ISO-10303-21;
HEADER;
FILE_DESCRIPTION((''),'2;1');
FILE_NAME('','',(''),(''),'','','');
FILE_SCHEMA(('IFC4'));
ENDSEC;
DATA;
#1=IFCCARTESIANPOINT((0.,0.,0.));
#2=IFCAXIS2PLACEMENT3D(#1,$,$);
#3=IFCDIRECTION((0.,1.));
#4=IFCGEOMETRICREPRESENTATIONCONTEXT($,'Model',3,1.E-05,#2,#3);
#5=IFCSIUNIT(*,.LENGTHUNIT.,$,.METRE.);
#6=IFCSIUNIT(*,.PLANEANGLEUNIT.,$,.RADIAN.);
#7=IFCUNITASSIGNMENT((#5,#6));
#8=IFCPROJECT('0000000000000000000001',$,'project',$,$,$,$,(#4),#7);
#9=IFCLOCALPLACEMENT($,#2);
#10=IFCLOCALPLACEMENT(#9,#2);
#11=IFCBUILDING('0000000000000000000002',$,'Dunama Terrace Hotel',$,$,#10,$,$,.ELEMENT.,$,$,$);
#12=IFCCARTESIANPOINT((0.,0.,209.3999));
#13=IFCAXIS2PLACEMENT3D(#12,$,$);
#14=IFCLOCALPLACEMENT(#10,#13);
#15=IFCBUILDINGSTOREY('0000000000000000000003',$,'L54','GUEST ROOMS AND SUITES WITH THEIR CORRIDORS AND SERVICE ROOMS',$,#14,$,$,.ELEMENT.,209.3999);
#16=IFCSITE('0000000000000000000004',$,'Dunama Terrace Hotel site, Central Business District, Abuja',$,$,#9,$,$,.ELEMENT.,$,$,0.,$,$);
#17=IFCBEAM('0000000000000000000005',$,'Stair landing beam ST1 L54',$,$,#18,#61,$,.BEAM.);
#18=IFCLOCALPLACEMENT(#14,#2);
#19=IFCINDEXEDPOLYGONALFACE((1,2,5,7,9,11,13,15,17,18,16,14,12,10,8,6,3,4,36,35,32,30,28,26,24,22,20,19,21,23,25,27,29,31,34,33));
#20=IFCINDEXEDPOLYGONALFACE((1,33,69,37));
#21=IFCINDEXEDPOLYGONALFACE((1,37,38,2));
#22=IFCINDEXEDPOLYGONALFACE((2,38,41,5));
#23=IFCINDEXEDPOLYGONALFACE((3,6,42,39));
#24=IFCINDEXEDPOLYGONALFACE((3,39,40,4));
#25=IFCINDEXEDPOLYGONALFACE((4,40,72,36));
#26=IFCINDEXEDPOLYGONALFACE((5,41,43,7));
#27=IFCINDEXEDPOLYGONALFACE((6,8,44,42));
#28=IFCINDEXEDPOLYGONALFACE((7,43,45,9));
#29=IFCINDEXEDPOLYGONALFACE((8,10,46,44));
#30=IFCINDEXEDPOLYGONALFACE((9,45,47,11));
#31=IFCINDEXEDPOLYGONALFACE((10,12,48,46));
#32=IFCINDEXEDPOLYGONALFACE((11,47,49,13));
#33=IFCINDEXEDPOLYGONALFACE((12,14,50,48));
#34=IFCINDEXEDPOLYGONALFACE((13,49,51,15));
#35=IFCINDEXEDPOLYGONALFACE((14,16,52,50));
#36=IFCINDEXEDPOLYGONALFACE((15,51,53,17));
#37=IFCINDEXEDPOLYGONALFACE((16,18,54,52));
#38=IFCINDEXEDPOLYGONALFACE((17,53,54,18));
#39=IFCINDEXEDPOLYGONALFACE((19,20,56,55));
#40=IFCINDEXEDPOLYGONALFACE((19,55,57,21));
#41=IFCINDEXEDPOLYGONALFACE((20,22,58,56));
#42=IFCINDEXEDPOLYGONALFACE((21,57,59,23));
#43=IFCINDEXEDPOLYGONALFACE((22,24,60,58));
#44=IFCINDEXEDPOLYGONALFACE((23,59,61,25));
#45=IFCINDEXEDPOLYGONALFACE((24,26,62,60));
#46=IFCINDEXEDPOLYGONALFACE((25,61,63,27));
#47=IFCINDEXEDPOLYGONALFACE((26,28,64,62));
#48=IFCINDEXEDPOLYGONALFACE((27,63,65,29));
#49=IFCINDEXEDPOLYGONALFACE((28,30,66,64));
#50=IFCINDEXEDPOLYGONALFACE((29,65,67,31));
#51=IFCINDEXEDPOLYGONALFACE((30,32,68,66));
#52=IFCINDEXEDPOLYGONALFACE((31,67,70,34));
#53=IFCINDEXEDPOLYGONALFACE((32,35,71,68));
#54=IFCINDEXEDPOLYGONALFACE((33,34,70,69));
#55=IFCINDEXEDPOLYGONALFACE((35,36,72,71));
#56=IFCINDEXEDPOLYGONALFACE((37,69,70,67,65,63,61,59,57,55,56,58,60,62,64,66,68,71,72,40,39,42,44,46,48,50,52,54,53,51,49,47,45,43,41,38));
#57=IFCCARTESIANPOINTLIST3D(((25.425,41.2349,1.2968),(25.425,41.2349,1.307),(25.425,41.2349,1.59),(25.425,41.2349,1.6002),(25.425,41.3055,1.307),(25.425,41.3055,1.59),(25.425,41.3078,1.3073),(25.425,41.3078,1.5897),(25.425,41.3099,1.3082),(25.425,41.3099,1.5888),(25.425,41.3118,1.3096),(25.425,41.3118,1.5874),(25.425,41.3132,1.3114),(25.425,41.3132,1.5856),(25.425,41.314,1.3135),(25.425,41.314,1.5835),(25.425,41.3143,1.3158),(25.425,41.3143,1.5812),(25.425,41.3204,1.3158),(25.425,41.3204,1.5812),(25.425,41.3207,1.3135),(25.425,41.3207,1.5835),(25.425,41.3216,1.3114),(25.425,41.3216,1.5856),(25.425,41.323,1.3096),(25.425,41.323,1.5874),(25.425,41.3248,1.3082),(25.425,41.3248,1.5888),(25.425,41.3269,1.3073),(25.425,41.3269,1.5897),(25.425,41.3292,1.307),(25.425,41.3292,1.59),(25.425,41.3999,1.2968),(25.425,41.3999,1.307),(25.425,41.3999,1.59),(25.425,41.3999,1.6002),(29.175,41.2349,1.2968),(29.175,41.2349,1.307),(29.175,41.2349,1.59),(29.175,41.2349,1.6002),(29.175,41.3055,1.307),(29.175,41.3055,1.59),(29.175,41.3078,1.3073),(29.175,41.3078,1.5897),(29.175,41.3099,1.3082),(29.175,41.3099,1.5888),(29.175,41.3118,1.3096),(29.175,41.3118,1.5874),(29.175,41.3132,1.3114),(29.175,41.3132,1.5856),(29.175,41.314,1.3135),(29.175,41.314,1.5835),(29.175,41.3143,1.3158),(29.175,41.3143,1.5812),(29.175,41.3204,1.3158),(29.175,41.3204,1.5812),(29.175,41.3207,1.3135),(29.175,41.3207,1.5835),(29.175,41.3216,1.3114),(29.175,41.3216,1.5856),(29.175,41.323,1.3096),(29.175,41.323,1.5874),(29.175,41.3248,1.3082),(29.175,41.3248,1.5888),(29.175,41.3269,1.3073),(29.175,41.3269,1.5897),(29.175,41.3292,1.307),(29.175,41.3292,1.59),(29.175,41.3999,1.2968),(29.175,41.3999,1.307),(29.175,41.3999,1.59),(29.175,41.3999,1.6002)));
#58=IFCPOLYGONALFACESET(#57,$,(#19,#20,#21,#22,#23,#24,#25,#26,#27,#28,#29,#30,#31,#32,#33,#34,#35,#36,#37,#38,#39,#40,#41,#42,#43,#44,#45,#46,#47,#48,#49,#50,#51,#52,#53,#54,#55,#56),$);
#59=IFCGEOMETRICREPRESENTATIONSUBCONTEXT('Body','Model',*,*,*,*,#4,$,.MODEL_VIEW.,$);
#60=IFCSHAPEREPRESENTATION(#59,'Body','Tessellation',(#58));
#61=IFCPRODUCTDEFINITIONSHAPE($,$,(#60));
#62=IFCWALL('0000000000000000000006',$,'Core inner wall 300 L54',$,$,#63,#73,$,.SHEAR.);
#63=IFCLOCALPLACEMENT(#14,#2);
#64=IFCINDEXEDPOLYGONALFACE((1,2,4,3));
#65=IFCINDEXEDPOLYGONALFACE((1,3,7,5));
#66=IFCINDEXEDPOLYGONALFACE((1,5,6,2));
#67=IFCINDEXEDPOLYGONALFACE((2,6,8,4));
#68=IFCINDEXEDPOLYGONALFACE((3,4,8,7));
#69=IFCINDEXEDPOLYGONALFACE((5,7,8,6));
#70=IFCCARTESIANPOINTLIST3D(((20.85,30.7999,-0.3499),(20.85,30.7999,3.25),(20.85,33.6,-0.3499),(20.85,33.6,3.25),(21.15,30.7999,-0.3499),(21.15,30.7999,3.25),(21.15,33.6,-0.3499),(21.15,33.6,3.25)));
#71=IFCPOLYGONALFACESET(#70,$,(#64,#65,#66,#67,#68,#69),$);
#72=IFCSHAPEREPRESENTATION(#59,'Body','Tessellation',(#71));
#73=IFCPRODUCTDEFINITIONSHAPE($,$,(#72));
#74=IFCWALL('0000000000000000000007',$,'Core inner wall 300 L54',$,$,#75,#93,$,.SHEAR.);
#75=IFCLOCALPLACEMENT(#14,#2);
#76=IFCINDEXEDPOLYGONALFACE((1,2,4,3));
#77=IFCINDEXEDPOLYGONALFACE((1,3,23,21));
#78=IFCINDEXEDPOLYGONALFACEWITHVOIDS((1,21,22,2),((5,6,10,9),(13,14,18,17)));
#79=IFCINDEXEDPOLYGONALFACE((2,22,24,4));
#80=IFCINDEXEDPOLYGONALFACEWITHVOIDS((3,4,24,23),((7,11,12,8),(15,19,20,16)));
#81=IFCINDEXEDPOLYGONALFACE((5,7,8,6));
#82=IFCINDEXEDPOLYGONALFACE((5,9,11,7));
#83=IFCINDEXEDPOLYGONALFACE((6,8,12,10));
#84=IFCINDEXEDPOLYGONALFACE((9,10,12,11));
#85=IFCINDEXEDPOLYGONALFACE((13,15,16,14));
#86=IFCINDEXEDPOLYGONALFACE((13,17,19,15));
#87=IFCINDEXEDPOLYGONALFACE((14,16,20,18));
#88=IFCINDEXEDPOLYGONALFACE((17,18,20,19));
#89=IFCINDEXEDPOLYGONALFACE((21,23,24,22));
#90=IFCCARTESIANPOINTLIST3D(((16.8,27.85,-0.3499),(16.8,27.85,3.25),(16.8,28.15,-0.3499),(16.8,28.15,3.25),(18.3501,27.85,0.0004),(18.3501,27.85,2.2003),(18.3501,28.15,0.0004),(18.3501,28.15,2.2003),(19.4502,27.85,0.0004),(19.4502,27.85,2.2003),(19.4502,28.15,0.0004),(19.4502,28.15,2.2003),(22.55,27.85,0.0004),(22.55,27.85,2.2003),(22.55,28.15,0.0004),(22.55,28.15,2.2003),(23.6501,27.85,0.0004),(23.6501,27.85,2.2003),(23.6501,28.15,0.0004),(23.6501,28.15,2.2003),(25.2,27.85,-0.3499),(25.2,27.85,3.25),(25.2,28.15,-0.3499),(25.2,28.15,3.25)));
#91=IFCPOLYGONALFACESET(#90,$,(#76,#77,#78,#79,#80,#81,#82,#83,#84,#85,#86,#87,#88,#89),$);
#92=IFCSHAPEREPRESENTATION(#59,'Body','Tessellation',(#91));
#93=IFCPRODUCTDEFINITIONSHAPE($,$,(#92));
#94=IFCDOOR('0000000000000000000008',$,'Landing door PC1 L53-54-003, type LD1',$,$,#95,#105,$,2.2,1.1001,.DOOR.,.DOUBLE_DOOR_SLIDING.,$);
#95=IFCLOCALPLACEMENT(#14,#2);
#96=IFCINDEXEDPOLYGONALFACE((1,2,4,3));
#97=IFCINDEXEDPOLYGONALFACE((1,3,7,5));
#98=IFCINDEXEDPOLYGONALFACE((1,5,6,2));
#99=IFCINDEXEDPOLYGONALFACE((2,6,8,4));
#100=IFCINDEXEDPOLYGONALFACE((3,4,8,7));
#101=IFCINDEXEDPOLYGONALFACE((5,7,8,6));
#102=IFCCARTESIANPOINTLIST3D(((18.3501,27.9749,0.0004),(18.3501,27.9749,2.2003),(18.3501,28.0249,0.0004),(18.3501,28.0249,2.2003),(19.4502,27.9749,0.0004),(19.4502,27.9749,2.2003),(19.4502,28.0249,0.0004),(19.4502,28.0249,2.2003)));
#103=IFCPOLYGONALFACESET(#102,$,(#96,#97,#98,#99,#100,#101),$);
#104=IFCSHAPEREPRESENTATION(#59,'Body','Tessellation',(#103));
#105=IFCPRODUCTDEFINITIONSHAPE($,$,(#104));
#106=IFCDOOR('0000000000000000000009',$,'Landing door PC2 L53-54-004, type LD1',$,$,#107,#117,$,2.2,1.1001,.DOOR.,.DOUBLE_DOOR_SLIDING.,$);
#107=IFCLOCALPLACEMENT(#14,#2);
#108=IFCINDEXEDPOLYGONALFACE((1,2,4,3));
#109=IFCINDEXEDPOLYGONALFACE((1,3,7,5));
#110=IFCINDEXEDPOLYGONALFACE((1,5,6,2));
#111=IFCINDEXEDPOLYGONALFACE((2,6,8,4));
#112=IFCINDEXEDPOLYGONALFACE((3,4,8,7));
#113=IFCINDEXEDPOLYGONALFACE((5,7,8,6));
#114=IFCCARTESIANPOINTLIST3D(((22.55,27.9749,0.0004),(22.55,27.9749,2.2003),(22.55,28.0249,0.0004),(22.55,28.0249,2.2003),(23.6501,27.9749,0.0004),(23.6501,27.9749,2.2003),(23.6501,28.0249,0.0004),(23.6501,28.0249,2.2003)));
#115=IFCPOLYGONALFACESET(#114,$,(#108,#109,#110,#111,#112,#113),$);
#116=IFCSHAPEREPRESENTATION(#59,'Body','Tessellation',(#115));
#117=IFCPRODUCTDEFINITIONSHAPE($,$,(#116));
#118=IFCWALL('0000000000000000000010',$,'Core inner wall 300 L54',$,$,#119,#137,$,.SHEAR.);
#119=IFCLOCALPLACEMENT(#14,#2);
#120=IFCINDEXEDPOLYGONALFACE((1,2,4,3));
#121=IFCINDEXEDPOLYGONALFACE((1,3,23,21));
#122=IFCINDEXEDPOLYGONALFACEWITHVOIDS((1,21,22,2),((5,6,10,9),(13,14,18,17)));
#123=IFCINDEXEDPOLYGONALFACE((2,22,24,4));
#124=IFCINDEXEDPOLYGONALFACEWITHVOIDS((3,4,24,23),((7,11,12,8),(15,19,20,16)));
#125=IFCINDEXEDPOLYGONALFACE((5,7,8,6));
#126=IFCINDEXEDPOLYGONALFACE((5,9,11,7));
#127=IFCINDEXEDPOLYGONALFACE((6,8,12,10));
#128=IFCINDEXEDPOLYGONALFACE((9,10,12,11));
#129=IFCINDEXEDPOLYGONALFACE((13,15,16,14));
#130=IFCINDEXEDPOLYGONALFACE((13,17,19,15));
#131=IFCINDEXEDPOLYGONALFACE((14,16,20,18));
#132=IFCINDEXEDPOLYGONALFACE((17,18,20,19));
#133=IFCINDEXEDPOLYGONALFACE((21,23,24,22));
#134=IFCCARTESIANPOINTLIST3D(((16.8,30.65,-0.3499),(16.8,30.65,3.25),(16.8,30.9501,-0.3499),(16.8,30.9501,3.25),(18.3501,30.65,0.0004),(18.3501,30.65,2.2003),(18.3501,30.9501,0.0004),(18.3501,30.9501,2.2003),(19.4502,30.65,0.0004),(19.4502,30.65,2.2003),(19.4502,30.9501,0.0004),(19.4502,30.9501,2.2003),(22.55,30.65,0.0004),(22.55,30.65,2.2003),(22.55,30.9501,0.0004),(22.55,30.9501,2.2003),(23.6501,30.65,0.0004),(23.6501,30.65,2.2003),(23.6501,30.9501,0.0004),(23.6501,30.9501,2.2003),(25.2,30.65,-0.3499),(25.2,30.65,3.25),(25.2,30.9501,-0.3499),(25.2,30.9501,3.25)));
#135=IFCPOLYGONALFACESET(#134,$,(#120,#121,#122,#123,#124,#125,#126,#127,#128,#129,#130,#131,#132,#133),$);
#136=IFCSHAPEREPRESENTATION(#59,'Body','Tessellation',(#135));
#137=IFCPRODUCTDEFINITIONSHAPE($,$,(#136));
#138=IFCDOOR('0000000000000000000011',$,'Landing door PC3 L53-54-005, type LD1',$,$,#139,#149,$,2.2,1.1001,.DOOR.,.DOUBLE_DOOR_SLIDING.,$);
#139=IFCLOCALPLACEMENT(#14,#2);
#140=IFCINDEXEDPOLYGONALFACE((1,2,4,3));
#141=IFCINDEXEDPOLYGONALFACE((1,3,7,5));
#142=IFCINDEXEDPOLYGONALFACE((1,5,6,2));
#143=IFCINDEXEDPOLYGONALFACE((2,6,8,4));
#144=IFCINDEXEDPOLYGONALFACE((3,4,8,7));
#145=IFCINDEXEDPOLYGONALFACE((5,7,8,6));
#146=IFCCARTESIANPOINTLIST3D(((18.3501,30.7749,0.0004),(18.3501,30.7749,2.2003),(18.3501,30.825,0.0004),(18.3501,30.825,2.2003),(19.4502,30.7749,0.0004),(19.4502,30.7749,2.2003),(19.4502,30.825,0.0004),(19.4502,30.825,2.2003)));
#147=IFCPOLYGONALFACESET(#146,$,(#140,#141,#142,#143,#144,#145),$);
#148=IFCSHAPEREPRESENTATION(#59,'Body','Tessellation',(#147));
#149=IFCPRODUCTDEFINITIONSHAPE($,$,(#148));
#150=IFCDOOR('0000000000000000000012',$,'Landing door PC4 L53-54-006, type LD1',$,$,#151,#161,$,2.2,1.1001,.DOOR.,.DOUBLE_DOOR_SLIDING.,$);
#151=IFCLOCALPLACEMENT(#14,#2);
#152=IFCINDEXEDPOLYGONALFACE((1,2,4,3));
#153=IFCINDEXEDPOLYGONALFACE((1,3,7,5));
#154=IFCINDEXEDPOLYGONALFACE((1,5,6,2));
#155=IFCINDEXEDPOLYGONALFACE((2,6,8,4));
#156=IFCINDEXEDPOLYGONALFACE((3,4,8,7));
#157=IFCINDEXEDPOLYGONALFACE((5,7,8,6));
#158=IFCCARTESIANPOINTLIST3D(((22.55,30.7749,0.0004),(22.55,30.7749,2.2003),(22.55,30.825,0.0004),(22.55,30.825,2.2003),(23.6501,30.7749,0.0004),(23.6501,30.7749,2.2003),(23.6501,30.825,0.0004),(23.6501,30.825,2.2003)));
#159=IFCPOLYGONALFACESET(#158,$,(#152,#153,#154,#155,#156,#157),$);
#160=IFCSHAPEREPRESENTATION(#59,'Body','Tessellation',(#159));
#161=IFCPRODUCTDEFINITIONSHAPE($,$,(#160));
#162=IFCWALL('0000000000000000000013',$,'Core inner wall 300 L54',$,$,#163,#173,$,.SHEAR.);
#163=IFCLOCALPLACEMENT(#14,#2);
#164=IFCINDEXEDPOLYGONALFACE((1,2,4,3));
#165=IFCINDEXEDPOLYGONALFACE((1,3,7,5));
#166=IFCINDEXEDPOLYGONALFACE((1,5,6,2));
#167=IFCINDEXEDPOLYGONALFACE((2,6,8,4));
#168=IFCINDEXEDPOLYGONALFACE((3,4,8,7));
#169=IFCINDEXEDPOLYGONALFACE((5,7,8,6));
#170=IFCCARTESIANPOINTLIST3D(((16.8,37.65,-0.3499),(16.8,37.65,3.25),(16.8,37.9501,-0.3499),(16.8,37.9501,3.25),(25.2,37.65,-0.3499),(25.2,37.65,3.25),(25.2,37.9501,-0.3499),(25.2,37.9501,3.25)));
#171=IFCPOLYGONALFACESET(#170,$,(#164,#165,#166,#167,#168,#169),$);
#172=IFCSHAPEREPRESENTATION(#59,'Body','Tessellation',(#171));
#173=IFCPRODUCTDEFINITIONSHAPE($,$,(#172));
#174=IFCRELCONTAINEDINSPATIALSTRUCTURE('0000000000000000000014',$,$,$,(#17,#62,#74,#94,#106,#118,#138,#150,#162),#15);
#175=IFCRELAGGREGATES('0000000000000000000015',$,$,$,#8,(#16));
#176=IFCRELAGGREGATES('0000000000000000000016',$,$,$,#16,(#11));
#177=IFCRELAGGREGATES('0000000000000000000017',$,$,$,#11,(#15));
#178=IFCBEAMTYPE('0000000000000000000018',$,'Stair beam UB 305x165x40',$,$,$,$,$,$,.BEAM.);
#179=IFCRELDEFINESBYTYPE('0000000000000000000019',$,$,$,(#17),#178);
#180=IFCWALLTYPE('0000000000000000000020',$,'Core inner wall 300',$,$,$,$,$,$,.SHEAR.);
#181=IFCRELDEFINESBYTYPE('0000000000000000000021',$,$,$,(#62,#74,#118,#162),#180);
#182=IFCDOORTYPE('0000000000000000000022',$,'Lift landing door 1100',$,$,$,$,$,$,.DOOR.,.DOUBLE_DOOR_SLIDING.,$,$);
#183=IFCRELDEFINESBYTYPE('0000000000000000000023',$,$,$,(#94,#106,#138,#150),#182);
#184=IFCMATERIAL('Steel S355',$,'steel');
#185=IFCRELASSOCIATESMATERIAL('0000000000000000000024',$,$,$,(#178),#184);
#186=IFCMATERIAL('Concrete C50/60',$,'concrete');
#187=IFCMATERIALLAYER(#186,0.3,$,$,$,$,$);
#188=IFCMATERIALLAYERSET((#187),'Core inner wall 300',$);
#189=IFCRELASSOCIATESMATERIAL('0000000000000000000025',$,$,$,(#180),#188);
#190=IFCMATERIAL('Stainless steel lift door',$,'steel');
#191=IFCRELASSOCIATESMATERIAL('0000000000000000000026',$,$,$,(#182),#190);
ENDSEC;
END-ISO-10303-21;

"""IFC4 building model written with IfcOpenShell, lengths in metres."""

from ifc_helpers import new_model, si_unit, direction, frame, frame_2d, origin, origin_2d, place, context, subcontext, project, spatial, rectangle, i_section, extrude, material, layer, layer_set, material_profile, profile_set, type_object, element, fill, save


model = new_model("IFC4")

# Units and contexts
model_context = context("Model", 3, precision=1e-05, world=origin(), true_north=direction((0.0, 1.0)))
body_context = subcontext(model_context, "Body", "Model", "MODEL_VIEW")
ifc_project = project(units=[si_unit("LENGTHUNIT", "METRE"), si_unit("PLANEANGLEUNIT", "RADIAN")], contexts=[model_context])

# Site, building, storey
site_placement = place(None, origin())
site = spatial("IfcSite", under=ifc_project, at=site_placement, Name="Dunama Terrace Hotel site, Central Business District, Abuja", CompositionType="ELEMENT", RefElevation=0.0)
building_placement = place(site_placement, origin())
building = spatial("IfcBuilding", under=site, at=building_placement, Name="Dunama Terrace Hotel", CompositionType="ELEMENT")
storey_placement = place(building_placement, frame((0.0, 0.0, 209.3999)))
storey = spatial("IfcBuildingStorey", under=building, at=storey_placement, Name="L54", Description="GUEST ROOMS AND SUITES WITH THEIR CORRIDORS AND SERVICE ROOMS", CompositionType="ELEMENT", Elevation=209.3999)

# Beam
ifc_material_1 = material(Name="Steel S355", Category="steel")
ifc_material_profile = material_profile(ifc_material_1, i_section(OverallWidth=0.165, OverallDepth=0.3035, WebThickness=0.0061, FlangeThickness=0.0103, FilletRadius=0.0088, at=origin_2d()), Name="UB 305x165x40")
ifc_profile_set = profile_set([ifc_material_profile], Name="Steel S355")
beam_type = type_object("IfcBeamType", Name="Stair beam UB 305x165x40", PredefinedType="BEAM", material=ifc_profile_set)
beam_placement = place(storey_placement, frame((25.425, 41.3174, 1.4485), z_axis=(1.0, 0.0, 0.0), x_axis=(0.0, 1.0, 0.0)))
element("IfcBeam", 1, at=beam_placement, inside=storey, type_object=beam_type, Name="Stair landing beam ST1 L54", PredefinedType="BEAM", context=body_context, shape_type="SweptSolid", body=[
    extrude(i_section(OverallWidth=0.165, OverallDepth=0.3035, WebThickness=0.0061, FlangeThickness=0.0103, FilletRadius=0.0088, at=origin_2d()), origin(), (0.0, 0.0, 1.0), 3.75),
])

# Wall
ifc_material_2 = material(Name="Concrete C50/60", Category="concrete")
ifc_layer_1 = layer(ifc_material_2, 0.3)
ifc_layer_set_1 = layer_set([ifc_layer_1], Name="Core inner wall 300")
wall_type_1 = type_object("IfcWallType", Name="Core inner wall 300", PredefinedType="SHEAR", material=ifc_layer_set_1)
wall_1_placement = place(storey_placement, frame((21.0, 30.8, -0.3499), z_axis=(0.0, 0.0, 1.0), x_axis=(0.0, 1.0, 0.0)))
element("IfcWall", 2, at=wall_1_placement, inside=storey, type_object=wall_type_1, Name="Core inner wall 300 L54", PredefinedType="SHEAR", context=body_context, shape_type="SweptSolid", body=[
    extrude(rectangle(XDim=2.8, YDim=0.3, at=frame_2d((1.3999, 0.0))), origin(), (0.0, 0.0, 1.0), 3.5999),
])

# Walls, openings, doors
wall_2_placement = place(storey_placement, frame((16.8, 28.0, -0.3499), z_axis=(0.0, 0.0, 1.0), x_axis=(1.0, 0.0, 0.0)))
wall_2 = element("IfcWall", 3, at=wall_2_placement, inside=storey, type_object=wall_type_1, Name="Core inner wall 300 L54", PredefinedType="SHEAR", context=body_context, shape_type="SweptSolid", body=[
    extrude(rectangle(XDim=8.3999, YDim=0.3, at=frame_2d((4.2, 0.0))), origin(), (0.0, 0.0, 1.0), 3.5999),
])
opening_1_placement = place(wall_2_placement, frame((1.55, 0.0, 0.3501)))
opening_1 = element("IfcOpeningElement", 4, at=opening_1_placement, cuts=wall_2, PredefinedType="OPENING", context=body_context, shape_type="SweptSolid", body=[
    extrude(rectangle(XDim=1.1001, YDim=2.2, at=frame_2d((0.55, 1.1001))), frame((0.0, 0.1599, 0.0), z_axis=(0.0, -1.0, 0.0), x_axis=(1.0, 0.0, 0.0)), (0.0, 0.0, 1.0), 0.3201),
])
opening_2_placement = place(wall_2_placement, frame((5.75, 0.0, 0.3501)))
opening_2 = element("IfcOpeningElement", 5, at=opening_2_placement, cuts=wall_2, PredefinedType="OPENING", context=body_context, shape_type="SweptSolid", body=[
    extrude(rectangle(XDim=1.1001, YDim=2.2, at=frame_2d((0.55, 1.1001))), frame((0.0, 0.1599, 0.0), z_axis=(0.0, -1.0, 0.0), x_axis=(1.0, 0.0, 0.0)), (0.0, 0.0, 1.0), 0.3201),
])
ifc_material_3 = material(Name="Stainless steel lift door", Category="steel")
door_type_1 = type_object("IfcDoorType", Name="Lift landing door 1100", OperationType="DOUBLE_DOOR_SLIDING", PredefinedType="DOOR", material=ifc_material_3)
door_1_placement = place(opening_1_placement, origin())
door_1 = element("IfcDoor", 6, at=door_1_placement, inside=storey, type_object=door_type_1, Name="Landing door PC1 L53-54-003, type LD1", OperationType="DOUBLE_DOOR_SLIDING", OverallHeight=2.2, OverallWidth=1.1001, PredefinedType="DOOR", context=body_context, shape_type="SweptSolid", body=[
    extrude(rectangle(XDim=1.1001, YDim=2.2, at=frame_2d((0.55, 1.1001))), frame((0.0, 0.0249, 0.0), z_axis=(0.0, -1.0, 0.0), x_axis=(1.0, 0.0, 0.0)), (0.0, 0.0, 1.0), 0.05),
])
fill(opening_1, door_1)
door_2_placement = place(opening_2_placement, origin())
door_2 = element("IfcDoor", 7, at=door_2_placement, inside=storey, type_object=door_type_1, Name="Landing door PC2 L53-54-004, type LD1", OperationType="DOUBLE_DOOR_SLIDING", OverallHeight=2.2, OverallWidth=1.1001, PredefinedType="DOOR", context=body_context, shape_type="SweptSolid", body=[
    extrude(rectangle(XDim=1.1001, YDim=2.2, at=frame_2d((0.55, 1.1001))), frame((0.0, 0.0249, 0.0), z_axis=(0.0, -1.0, 0.0), x_axis=(1.0, 0.0, 0.0)), (0.0, 0.0, 1.0), 0.05),
])
fill(opening_2, door_2)
wall_3_placement = place(storey_placement, frame((16.8, 30.8, -0.3499), z_axis=(0.0, 0.0, 1.0), x_axis=(1.0, 0.0, 0.0)))
wall_3 = element("IfcWall", 8, at=wall_3_placement, inside=storey, type_object=wall_type_1, Name="Core inner wall 300 L54", PredefinedType="SHEAR", context=body_context, shape_type="SweptSolid", body=[
    extrude(rectangle(XDim=8.3999, YDim=0.3, at=frame_2d((4.2, 0.0))), origin(), (0.0, 0.0, 1.0), 3.5999),
])
opening_3_placement = place(wall_3_placement, frame((1.55, 0.0, 0.3501)))
opening_3 = element("IfcOpeningElement", 9, at=opening_3_placement, cuts=wall_3, PredefinedType="OPENING", context=body_context, shape_type="SweptSolid", body=[
    extrude(rectangle(XDim=1.1001, YDim=2.2, at=frame_2d((0.55, 1.1001))), frame((0.0, 0.1599, 0.0), z_axis=(0.0, -1.0, 0.0), x_axis=(1.0, 0.0, 0.0)), (0.0, 0.0, 1.0), 0.3201),
])
opening_4_placement = place(wall_3_placement, frame((5.75, 0.0, 0.3501)))
opening_4 = element("IfcOpeningElement", 10, at=opening_4_placement, cuts=wall_3, PredefinedType="OPENING", context=body_context, shape_type="SweptSolid", body=[
    extrude(rectangle(XDim=1.1001, YDim=2.2, at=frame_2d((0.55, 1.1001))), frame((0.0, 0.1599, 0.0), z_axis=(0.0, -1.0, 0.0), x_axis=(1.0, 0.0, 0.0)), (0.0, 0.0, 1.0), 0.3201),
])
door_3_placement = place(opening_3_placement, origin())
door_3 = element("IfcDoor", 11, at=door_3_placement, inside=storey, type_object=door_type_1, Name="Landing door PC3 L53-54-005, type LD1", OperationType="DOUBLE_DOOR_SLIDING", OverallHeight=2.2, OverallWidth=1.1001, PredefinedType="DOOR", context=body_context, shape_type="SweptSolid", body=[
    extrude(rectangle(XDim=1.1001, YDim=2.2, at=frame_2d((0.55, 1.1001))), frame((0.0, 0.0249, 0.0), z_axis=(0.0, -1.0, 0.0), x_axis=(1.0, 0.0, 0.0)), (0.0, 0.0, 1.0), 0.05),
])
fill(opening_3, door_3)
door_4_placement = place(opening_4_placement, origin())
door_4 = element("IfcDoor", 12, at=door_4_placement, inside=storey, type_object=door_type_1, Name="Landing door PC4 L53-54-006, type LD1", OperationType="DOUBLE_DOOR_SLIDING", OverallHeight=2.2, OverallWidth=1.1001, PredefinedType="DOOR", context=body_context, shape_type="SweptSolid", body=[
    extrude(rectangle(XDim=1.1001, YDim=2.2, at=frame_2d((0.55, 1.1001))), frame((0.0, 0.0249, 0.0), z_axis=(0.0, -1.0, 0.0), x_axis=(1.0, 0.0, 0.0)), (0.0, 0.0, 1.0), 0.05),
])
fill(opening_4, door_4)

# Wall
wall_4_placement = place(storey_placement, frame((16.8, 37.8, -0.3499), z_axis=(0.0, 0.0, 1.0), x_axis=(1.0, 0.0, 0.0)))
element("IfcWall", 13, at=wall_4_placement, inside=storey, type_object=wall_type_1, Name="Core inner wall 300 L54", PredefinedType="SHEAR", context=body_context, shape_type="SweptSolid", body=[
    extrude(rectangle(XDim=8.3999, YDim=0.3, at=frame_2d((4.2, 0.0))), origin(), (0.0, 0.0, 1.0), 3.5999),
])

save(model, "model.ifc")
